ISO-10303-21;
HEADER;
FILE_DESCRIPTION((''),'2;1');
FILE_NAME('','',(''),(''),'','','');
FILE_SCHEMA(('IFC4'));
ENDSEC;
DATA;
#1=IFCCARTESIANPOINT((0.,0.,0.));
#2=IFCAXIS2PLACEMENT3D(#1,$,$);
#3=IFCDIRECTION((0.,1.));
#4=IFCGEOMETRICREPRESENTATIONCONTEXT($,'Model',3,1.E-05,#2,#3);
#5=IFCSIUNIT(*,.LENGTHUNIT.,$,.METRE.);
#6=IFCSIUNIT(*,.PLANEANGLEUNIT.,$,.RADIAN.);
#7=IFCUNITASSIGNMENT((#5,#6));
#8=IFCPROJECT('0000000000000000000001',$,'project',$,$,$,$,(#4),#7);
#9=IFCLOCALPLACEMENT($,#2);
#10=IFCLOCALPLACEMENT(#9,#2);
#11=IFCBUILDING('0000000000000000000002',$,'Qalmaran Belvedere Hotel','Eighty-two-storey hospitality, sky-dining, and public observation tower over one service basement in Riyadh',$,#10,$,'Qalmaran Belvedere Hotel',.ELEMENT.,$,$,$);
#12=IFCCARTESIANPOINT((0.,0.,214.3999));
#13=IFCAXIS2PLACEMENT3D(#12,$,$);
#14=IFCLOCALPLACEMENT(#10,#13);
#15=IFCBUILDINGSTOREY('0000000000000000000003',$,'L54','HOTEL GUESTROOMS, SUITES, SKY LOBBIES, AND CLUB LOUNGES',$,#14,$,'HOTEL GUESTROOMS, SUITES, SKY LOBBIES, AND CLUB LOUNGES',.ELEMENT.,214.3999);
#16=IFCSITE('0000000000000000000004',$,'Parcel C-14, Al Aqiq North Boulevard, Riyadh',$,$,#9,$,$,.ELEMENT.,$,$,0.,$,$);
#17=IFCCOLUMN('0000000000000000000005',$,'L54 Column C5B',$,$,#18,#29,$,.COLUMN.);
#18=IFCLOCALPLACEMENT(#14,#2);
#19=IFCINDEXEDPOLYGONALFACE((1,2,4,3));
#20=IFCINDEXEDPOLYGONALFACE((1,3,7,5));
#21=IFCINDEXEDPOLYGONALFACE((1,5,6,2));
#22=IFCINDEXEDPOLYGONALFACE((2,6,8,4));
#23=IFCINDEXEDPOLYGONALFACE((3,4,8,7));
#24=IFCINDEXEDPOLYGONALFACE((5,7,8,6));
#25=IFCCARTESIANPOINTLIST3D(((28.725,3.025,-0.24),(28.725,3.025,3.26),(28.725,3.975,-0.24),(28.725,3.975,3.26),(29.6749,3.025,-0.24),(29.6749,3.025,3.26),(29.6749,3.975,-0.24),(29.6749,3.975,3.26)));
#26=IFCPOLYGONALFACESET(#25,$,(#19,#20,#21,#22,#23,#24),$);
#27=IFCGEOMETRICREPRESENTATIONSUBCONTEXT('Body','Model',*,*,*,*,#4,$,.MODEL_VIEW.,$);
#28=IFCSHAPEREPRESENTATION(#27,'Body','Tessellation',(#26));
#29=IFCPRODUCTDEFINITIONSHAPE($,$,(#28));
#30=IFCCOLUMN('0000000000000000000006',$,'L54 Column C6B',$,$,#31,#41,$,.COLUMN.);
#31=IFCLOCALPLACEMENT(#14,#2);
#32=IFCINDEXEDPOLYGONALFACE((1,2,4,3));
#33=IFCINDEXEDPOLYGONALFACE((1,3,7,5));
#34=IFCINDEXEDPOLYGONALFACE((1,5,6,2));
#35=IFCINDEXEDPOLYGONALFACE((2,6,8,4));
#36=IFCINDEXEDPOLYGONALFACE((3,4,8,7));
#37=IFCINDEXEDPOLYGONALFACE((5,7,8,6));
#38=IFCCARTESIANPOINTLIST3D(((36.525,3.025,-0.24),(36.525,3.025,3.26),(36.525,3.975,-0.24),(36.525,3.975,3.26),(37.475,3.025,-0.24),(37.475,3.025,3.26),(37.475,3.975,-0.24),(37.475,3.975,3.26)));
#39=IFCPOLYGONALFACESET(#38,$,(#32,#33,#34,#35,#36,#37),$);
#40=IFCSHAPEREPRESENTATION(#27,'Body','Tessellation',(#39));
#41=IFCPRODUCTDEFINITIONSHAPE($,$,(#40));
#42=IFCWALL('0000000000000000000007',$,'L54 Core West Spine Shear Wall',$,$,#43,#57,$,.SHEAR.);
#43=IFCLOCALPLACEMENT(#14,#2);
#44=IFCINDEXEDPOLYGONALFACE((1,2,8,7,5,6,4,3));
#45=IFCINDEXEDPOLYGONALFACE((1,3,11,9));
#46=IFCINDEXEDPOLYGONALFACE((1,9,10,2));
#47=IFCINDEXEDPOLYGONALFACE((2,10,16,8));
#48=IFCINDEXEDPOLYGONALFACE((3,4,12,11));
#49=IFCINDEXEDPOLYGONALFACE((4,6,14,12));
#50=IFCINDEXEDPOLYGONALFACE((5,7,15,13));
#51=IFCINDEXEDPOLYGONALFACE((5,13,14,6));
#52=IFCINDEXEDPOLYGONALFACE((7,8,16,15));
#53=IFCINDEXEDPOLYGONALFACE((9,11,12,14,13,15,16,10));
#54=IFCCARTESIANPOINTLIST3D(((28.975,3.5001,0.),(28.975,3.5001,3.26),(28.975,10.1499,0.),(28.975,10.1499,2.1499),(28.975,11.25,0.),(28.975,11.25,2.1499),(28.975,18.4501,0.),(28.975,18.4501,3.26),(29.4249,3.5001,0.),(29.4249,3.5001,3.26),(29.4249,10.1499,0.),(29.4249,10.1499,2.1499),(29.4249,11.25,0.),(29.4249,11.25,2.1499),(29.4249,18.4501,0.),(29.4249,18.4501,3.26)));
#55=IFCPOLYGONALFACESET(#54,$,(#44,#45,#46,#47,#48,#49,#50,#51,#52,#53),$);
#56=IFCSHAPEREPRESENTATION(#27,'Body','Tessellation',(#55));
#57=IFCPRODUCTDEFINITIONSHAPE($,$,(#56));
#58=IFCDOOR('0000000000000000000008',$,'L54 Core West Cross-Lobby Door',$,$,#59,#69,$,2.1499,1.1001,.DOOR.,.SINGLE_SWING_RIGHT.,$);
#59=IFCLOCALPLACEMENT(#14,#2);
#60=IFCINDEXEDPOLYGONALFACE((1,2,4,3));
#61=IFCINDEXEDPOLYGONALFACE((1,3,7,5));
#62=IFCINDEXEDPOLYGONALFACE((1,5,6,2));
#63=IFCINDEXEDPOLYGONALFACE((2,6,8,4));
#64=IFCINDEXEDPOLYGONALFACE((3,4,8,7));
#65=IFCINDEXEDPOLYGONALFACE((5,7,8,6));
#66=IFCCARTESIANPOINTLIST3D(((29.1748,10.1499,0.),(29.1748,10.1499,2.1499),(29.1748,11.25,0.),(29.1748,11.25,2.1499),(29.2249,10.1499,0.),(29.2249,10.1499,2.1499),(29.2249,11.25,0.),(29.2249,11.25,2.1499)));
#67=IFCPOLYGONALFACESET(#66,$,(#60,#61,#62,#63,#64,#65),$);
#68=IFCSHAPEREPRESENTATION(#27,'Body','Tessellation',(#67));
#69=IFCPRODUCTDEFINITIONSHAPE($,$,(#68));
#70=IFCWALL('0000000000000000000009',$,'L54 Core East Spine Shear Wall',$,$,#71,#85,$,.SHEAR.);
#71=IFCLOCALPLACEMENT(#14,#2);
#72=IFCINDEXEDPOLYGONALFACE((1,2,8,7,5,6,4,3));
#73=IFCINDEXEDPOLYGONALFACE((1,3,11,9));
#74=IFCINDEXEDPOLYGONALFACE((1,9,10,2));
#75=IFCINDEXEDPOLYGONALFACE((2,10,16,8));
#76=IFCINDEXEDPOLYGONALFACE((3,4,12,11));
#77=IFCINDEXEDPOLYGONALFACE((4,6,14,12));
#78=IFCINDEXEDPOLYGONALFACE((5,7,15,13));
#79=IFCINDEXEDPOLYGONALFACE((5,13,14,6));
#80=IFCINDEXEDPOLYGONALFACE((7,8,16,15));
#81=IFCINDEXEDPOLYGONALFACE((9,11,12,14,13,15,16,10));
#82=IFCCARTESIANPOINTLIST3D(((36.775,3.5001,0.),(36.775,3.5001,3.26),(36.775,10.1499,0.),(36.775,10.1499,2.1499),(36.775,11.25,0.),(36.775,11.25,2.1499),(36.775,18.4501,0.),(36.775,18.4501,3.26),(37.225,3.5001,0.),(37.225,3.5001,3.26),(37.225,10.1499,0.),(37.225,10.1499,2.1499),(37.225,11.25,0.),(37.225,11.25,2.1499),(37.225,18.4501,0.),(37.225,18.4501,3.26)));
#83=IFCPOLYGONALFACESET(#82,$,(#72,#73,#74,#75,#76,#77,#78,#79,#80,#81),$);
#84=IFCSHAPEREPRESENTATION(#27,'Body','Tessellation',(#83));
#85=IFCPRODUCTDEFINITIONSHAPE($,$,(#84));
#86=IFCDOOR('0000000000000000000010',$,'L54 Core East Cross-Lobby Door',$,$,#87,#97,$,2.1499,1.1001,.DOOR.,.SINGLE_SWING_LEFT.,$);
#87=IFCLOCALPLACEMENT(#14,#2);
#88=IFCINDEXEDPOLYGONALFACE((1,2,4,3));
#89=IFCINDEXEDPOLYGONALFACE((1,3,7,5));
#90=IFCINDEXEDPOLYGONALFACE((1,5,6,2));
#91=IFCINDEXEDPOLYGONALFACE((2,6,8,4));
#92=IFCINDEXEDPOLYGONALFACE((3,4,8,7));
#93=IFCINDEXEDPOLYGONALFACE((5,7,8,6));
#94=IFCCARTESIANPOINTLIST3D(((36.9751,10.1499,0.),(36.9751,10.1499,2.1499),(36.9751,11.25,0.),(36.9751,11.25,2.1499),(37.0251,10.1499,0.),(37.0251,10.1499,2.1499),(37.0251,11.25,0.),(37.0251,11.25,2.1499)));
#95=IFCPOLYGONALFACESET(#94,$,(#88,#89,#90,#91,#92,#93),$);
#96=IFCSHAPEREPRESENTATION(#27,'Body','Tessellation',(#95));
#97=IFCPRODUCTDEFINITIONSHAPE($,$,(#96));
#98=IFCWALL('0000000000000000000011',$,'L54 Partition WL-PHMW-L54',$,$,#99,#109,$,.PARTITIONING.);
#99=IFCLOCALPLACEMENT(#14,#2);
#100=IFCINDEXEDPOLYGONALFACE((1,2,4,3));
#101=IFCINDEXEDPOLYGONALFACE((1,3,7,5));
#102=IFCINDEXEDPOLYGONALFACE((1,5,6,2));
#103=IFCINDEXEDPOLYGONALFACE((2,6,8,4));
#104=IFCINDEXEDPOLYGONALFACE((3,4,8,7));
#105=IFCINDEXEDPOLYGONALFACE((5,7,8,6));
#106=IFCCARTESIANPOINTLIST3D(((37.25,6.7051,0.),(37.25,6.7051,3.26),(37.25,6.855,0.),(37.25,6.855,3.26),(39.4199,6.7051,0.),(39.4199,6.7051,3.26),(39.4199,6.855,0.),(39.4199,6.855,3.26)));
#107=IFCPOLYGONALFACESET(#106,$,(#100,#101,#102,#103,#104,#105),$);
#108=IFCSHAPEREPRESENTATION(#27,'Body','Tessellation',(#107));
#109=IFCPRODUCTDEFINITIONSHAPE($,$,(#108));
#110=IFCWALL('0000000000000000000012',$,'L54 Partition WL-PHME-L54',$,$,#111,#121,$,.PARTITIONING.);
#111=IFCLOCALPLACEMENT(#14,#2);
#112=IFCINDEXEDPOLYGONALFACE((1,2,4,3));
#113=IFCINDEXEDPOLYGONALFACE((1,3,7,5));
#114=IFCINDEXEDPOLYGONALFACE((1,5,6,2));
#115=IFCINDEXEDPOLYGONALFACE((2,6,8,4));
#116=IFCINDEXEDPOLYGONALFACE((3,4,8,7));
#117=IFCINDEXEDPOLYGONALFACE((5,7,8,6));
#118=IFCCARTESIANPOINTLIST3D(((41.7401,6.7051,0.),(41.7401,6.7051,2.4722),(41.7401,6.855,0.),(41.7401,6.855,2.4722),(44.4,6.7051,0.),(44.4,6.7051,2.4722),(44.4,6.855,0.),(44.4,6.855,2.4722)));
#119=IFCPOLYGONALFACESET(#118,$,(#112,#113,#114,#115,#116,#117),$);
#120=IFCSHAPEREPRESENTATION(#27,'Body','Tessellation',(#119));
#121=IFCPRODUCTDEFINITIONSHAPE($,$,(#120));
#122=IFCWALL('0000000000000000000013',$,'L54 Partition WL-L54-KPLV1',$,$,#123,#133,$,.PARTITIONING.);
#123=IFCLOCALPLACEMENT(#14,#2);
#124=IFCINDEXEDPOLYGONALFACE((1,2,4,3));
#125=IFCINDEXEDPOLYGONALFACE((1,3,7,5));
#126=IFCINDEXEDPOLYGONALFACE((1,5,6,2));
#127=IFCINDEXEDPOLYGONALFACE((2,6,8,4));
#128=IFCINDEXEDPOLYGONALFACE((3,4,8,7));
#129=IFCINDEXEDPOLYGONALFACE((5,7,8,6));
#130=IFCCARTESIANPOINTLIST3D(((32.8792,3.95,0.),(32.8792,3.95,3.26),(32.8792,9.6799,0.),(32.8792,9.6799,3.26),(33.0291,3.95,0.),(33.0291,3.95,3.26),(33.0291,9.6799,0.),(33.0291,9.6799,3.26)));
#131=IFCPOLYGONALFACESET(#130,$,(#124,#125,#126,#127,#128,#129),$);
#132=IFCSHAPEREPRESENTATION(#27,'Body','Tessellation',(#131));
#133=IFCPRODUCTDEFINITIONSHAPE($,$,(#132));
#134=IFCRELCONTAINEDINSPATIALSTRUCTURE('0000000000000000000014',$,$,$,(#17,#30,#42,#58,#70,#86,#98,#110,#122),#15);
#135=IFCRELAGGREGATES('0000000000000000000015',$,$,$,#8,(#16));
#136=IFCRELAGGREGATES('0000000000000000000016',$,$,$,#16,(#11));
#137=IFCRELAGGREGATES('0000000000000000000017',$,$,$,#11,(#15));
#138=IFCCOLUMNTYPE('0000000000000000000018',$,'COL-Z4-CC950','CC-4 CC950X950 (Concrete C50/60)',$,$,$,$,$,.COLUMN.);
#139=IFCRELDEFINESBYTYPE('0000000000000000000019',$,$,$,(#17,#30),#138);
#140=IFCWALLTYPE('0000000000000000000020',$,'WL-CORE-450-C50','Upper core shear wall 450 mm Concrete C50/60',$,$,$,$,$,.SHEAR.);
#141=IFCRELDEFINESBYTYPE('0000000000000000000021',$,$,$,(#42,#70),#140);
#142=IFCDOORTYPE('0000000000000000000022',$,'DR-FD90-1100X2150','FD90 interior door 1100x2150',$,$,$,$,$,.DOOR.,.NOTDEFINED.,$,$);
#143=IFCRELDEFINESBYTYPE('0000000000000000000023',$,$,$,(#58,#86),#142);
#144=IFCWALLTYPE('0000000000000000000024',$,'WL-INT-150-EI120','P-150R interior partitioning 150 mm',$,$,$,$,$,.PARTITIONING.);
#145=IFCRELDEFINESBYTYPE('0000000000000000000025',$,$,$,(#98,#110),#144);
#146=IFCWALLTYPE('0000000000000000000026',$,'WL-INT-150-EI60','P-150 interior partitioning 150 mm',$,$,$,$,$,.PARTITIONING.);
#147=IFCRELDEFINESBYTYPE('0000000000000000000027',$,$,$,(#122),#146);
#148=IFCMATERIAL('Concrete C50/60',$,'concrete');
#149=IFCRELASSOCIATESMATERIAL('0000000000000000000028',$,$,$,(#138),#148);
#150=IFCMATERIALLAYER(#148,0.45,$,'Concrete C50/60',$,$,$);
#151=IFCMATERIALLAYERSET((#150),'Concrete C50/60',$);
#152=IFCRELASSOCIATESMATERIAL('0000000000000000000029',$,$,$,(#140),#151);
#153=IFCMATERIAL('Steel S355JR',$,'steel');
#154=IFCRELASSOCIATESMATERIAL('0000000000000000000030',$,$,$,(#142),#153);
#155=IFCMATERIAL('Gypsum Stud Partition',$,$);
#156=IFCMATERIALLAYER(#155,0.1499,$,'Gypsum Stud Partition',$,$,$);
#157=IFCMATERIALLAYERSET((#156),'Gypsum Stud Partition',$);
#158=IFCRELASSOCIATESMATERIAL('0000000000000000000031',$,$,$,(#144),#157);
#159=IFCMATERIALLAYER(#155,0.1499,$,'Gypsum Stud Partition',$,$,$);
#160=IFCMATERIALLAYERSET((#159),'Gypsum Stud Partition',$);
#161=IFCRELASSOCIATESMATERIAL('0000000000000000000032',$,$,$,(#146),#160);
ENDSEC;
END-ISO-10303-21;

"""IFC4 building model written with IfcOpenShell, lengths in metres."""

from ifc_helpers import new_model, si_unit, direction, frame, frame_2d, origin, origin_2d, place, context, subcontext, project, spatial, rectangle, extrude, material, layer, layer_set, material_profile, profile_set, type_object, element, fill, save


model = new_model("IFC4")

# Units and contexts
model_context = context("Model", 3, precision=1e-05, world=origin(), true_north=direction((0.0, 1.0)))
body_context = subcontext(model_context, "Body", "Model", "MODEL_VIEW")
ifc_project = project(units=[si_unit("LENGTHUNIT", "METRE"), si_unit("PLANEANGLEUNIT", "RADIAN")], contexts=[model_context])

# Site, building, storey
site_placement = place(None, origin())
site = spatial("IfcSite", under=ifc_project, at=site_placement, Name="Parcel C-14, Al Aqiq North Boulevard, Riyadh", CompositionType="ELEMENT", RefElevation=0.0)
building_placement = place(site_placement, origin())
building = spatial("IfcBuilding", under=site, at=building_placement, Name="Qalmaran Belvedere Hotel", Description="Eighty-two-storey hospitality, sky-dining, and public observation tower over one service basement in Riyadh", LongName="Qalmaran Belvedere Hotel", CompositionType="ELEMENT")
storey_placement = place(building_placement, frame((0.0, 0.0, 214.3999)))
storey = spatial("IfcBuildingStorey", under=building, at=storey_placement, Name="L54", Description="HOTEL GUESTROOMS, SUITES, SKY LOBBIES, AND CLUB LOUNGES", LongName="HOTEL GUESTROOMS, SUITES, SKY LOBBIES, AND CLUB LOUNGES", CompositionType="ELEMENT", Elevation=214.3999)

# Columns
ifc_material_1 = material(Name="Concrete C50/60", Category="concrete")
ifc_material_profile = material_profile(ifc_material_1, rectangle(XDim=0.95, YDim=0.95, at=origin_2d()), Name="CC950X950")
ifc_profile_set = profile_set([ifc_material_profile], Name="Concrete C50/60")
column_type = type_object("IfcColumnType", Name="COL-Z4-CC950", Description="CC-4 CC950X950 (Concrete C50/60)", PredefinedType="COLUMN", material=ifc_profile_set)
for number, where, z_axis, x_axis, name in (
    (1, (29.2, 3.5, -0.24), (0.0, 0.0, 1.0), (1.0, 0.0, 0.0), "L54 Column C5B"),
    (2, (37.0, 3.5, -0.24), (0.0, 0.0, 1.0), (1.0, 0.0, 0.0), "L54 Column C6B"),
):
    element("IfcColumn", number, at=place(storey_placement, frame(where, z_axis=z_axis, x_axis=x_axis)), inside=storey, type_object=column_type, Name=name, PredefinedType="COLUMN", context=body_context, shape_type="SweptSolid", body=[
        extrude(rectangle(XDim=0.95, YDim=0.95, at=origin_2d()), origin(), (0.0, 0.0, 1.0), 3.5),
    ])

# Walls, openings, doors
ifc_layer_1 = layer(ifc_material_1, 0.45, Name="Concrete C50/60")
ifc_layer_set_1 = layer_set([ifc_layer_1], Name="Concrete C50/60")
wall_type_1 = type_object("IfcWallType", Name="WL-CORE-450-C50", Description="Upper core shear wall 450 mm Concrete C50/60", PredefinedType="SHEAR", material=ifc_layer_set_1)
wall_1_placement = place(storey_placement, frame((29.2, 3.5, 0.0), z_axis=(0.0, 0.0, 1.0), x_axis=(0.0, 1.0, 0.0)))
wall_1 = element("IfcWall", 3, at=wall_1_placement, inside=storey, type_object=wall_type_1, Name="L54 Core West Spine Shear Wall", PredefinedType="SHEAR", context=body_context, shape_type="SweptSolid", body=[
    extrude(rectangle(XDim=14.95, YDim=0.45, at=frame_2d((7.4751, 0.0))), origin(), (0.0, 0.0, 1.0), 3.26),
])
opening_1_placement = place(wall_1_placement, frame((7.75, 0.0, 0.0), z_axis=(0.0, 0.0, 1.0), x_axis=(-1.0, 0.0, 0.0)))
opening_1 = element("IfcOpeningElement", 4, at=opening_1_placement, cuts=wall_1, PredefinedType="OPENING", context=body_context, shape_type="SweptSolid", body=[
    extrude(rectangle(XDim=1.1001, YDim=2.1499, at=frame_2d((0.55, 1.075))), frame((0.0, 0.2349, 0.0), z_axis=(0.0, -1.0, 0.0), x_axis=(1.0, 0.0, 0.0)), (0.0, 0.0, 1.0), 0.47),
])
ifc_material_2 = material(Name="Steel S355JR", Category="steel")
door_type_1 = type_object("IfcDoorType", Name="DR-FD90-1100X2150", Description="FD90 interior door 1100x2150", OperationType="NOTDEFINED", PredefinedType="DOOR", material=ifc_material_2)
door_1_placement = place(opening_1_placement, origin())
door_1 = element("IfcDoor", 5, at=door_1_placement, inside=storey, type_object=door_type_1, Name="L54 Core West Cross-Lobby Door", OperationType="SINGLE_SWING_RIGHT", OverallHeight=2.1499, OverallWidth=1.1001, PredefinedType="DOOR", context=body_context, shape_type="SweptSolid", body=[
    extrude(rectangle(XDim=1.1001, YDim=2.1499, at=frame_2d((0.55, 1.075))), frame((0.0, 0.0249, 0.0), z_axis=(0.0, -1.0, 0.0), x_axis=(1.0, 0.0, 0.0)), (0.0, 0.0, 1.0), 0.05),
])
fill(opening_1, door_1)
wall_2_placement = place(storey_placement, frame((37.0, 3.5, 0.0), z_axis=(0.0, 0.0, 1.0), x_axis=(0.0, 1.0, 0.0)))
wall_2 = element("IfcWall", 6, at=wall_2_placement, inside=storey, type_object=wall_type_1, Name="L54 Core East Spine Shear Wall", PredefinedType="SHEAR", context=body_context, shape_type="SweptSolid", body=[
    extrude(rectangle(XDim=14.95, YDim=0.45, at=frame_2d((7.4751, 0.0))), origin(), (0.0, 0.0, 1.0), 3.26),
])
opening_2_placement = place(wall_2_placement, frame((6.6499, 0.0, 0.0)))
opening_2 = element("IfcOpeningElement", 7, at=opening_2_placement, cuts=wall_2, PredefinedType="OPENING", context=body_context, shape_type="SweptSolid", body=[
    extrude(rectangle(XDim=1.1001, YDim=2.1499, at=frame_2d((0.55, 1.075))), frame((0.0, 0.2349, 0.0), z_axis=(0.0, -1.0, 0.0), x_axis=(1.0, 0.0, 0.0)), (0.0, 0.0, 1.0), 0.47),
])
door_2_placement = place(opening_2_placement, origin())
door_2 = element("IfcDoor", 8, at=door_2_placement, inside=storey, type_object=door_type_1, Name="L54 Core East Cross-Lobby Door", OperationType="SINGLE_SWING_LEFT", OverallHeight=2.1499, OverallWidth=1.1001, PredefinedType="DOOR", context=body_context, shape_type="SweptSolid", body=[
    extrude(rectangle(XDim=1.1001, YDim=2.1499, at=frame_2d((0.55, 1.075))), frame((0.0, 0.0249, 0.0), z_axis=(0.0, -1.0, 0.0), x_axis=(1.0, 0.0, 0.0)), (0.0, 0.0, 1.0), 0.05),
])
fill(opening_2, door_2)

# Walls
ifc_material_3 = material(Name="Gypsum Stud Partition")
ifc_layer_2 = layer(ifc_material_3, 0.1499, Name="Gypsum Stud Partition")
ifc_layer_set_2 = layer_set([ifc_layer_2], Name="Gypsum Stud Partition")
wall_type_2 = type_object("IfcWallType", Name="WL-INT-150-EI120", Description="P-150R interior partitioning 150 mm", PredefinedType="PARTITIONING", material=ifc_layer_set_2)
wall_3_placement = place(storey_placement, frame((37.25, 6.78, 0.0), z_axis=(0.0, 0.0, 1.0), x_axis=(1.0, 0.0, 0.0)))
element("IfcWall", 9, at=wall_3_placement, inside=storey, type_object=wall_type_2, Name="L54 Partition WL-PHMW-L54", PredefinedType="PARTITIONING", context=body_context, shape_type="SweptSolid", body=[
    extrude(rectangle(XDim=2.1699, YDim=0.1499, at=frame_2d((1.085, 0.0))), origin(), (0.0, 0.0, 1.0), 3.26),
])
wall_4_placement = place(storey_placement, frame((41.74, 6.78, 0.0), z_axis=(0.0, 0.0, 1.0), x_axis=(1.0, 0.0, 0.0)))
element("IfcWall", 10, at=wall_4_placement, inside=storey, type_object=wall_type_2, Name="L54 Partition WL-PHME-L54", PredefinedType="PARTITIONING", context=body_context, shape_type="SweptSolid", body=[
    extrude(rectangle(XDim=2.6599, YDim=0.1499, at=frame_2d((1.3301, 0.0))), origin(), (0.0, 0.0, 1.0), 2.4722),
])
ifc_layer_3 = layer(ifc_material_3, 0.1499, Name="Gypsum Stud Partition")
ifc_layer_set_3 = layer_set([ifc_layer_3], Name="Gypsum Stud Partition")
wall_type_3 = type_object("IfcWallType", Name="WL-INT-150-EI60", Description="P-150 interior partitioning 150 mm", PredefinedType="PARTITIONING", material=ifc_layer_set_3)
wall_5_placement = place(storey_placement, frame((32.9541, 3.95, 0.0), z_axis=(0.0, 0.0, 1.0), x_axis=(0.0, 1.0, 0.0)))
element("IfcWall", 11, at=wall_5_placement, inside=storey, type_object=wall_type_3, Name="L54 Partition WL-L54-KPLV1", PredefinedType="PARTITIONING", context=body_context, shape_type="SweptSolid", body=[
    extrude(rectangle(XDim=5.73, YDim=0.1499, at=frame_2d((2.865, 0.0))), origin(), (0.0, 0.0, 1.0), 3.26),
])

save(model, "model.ifc")
